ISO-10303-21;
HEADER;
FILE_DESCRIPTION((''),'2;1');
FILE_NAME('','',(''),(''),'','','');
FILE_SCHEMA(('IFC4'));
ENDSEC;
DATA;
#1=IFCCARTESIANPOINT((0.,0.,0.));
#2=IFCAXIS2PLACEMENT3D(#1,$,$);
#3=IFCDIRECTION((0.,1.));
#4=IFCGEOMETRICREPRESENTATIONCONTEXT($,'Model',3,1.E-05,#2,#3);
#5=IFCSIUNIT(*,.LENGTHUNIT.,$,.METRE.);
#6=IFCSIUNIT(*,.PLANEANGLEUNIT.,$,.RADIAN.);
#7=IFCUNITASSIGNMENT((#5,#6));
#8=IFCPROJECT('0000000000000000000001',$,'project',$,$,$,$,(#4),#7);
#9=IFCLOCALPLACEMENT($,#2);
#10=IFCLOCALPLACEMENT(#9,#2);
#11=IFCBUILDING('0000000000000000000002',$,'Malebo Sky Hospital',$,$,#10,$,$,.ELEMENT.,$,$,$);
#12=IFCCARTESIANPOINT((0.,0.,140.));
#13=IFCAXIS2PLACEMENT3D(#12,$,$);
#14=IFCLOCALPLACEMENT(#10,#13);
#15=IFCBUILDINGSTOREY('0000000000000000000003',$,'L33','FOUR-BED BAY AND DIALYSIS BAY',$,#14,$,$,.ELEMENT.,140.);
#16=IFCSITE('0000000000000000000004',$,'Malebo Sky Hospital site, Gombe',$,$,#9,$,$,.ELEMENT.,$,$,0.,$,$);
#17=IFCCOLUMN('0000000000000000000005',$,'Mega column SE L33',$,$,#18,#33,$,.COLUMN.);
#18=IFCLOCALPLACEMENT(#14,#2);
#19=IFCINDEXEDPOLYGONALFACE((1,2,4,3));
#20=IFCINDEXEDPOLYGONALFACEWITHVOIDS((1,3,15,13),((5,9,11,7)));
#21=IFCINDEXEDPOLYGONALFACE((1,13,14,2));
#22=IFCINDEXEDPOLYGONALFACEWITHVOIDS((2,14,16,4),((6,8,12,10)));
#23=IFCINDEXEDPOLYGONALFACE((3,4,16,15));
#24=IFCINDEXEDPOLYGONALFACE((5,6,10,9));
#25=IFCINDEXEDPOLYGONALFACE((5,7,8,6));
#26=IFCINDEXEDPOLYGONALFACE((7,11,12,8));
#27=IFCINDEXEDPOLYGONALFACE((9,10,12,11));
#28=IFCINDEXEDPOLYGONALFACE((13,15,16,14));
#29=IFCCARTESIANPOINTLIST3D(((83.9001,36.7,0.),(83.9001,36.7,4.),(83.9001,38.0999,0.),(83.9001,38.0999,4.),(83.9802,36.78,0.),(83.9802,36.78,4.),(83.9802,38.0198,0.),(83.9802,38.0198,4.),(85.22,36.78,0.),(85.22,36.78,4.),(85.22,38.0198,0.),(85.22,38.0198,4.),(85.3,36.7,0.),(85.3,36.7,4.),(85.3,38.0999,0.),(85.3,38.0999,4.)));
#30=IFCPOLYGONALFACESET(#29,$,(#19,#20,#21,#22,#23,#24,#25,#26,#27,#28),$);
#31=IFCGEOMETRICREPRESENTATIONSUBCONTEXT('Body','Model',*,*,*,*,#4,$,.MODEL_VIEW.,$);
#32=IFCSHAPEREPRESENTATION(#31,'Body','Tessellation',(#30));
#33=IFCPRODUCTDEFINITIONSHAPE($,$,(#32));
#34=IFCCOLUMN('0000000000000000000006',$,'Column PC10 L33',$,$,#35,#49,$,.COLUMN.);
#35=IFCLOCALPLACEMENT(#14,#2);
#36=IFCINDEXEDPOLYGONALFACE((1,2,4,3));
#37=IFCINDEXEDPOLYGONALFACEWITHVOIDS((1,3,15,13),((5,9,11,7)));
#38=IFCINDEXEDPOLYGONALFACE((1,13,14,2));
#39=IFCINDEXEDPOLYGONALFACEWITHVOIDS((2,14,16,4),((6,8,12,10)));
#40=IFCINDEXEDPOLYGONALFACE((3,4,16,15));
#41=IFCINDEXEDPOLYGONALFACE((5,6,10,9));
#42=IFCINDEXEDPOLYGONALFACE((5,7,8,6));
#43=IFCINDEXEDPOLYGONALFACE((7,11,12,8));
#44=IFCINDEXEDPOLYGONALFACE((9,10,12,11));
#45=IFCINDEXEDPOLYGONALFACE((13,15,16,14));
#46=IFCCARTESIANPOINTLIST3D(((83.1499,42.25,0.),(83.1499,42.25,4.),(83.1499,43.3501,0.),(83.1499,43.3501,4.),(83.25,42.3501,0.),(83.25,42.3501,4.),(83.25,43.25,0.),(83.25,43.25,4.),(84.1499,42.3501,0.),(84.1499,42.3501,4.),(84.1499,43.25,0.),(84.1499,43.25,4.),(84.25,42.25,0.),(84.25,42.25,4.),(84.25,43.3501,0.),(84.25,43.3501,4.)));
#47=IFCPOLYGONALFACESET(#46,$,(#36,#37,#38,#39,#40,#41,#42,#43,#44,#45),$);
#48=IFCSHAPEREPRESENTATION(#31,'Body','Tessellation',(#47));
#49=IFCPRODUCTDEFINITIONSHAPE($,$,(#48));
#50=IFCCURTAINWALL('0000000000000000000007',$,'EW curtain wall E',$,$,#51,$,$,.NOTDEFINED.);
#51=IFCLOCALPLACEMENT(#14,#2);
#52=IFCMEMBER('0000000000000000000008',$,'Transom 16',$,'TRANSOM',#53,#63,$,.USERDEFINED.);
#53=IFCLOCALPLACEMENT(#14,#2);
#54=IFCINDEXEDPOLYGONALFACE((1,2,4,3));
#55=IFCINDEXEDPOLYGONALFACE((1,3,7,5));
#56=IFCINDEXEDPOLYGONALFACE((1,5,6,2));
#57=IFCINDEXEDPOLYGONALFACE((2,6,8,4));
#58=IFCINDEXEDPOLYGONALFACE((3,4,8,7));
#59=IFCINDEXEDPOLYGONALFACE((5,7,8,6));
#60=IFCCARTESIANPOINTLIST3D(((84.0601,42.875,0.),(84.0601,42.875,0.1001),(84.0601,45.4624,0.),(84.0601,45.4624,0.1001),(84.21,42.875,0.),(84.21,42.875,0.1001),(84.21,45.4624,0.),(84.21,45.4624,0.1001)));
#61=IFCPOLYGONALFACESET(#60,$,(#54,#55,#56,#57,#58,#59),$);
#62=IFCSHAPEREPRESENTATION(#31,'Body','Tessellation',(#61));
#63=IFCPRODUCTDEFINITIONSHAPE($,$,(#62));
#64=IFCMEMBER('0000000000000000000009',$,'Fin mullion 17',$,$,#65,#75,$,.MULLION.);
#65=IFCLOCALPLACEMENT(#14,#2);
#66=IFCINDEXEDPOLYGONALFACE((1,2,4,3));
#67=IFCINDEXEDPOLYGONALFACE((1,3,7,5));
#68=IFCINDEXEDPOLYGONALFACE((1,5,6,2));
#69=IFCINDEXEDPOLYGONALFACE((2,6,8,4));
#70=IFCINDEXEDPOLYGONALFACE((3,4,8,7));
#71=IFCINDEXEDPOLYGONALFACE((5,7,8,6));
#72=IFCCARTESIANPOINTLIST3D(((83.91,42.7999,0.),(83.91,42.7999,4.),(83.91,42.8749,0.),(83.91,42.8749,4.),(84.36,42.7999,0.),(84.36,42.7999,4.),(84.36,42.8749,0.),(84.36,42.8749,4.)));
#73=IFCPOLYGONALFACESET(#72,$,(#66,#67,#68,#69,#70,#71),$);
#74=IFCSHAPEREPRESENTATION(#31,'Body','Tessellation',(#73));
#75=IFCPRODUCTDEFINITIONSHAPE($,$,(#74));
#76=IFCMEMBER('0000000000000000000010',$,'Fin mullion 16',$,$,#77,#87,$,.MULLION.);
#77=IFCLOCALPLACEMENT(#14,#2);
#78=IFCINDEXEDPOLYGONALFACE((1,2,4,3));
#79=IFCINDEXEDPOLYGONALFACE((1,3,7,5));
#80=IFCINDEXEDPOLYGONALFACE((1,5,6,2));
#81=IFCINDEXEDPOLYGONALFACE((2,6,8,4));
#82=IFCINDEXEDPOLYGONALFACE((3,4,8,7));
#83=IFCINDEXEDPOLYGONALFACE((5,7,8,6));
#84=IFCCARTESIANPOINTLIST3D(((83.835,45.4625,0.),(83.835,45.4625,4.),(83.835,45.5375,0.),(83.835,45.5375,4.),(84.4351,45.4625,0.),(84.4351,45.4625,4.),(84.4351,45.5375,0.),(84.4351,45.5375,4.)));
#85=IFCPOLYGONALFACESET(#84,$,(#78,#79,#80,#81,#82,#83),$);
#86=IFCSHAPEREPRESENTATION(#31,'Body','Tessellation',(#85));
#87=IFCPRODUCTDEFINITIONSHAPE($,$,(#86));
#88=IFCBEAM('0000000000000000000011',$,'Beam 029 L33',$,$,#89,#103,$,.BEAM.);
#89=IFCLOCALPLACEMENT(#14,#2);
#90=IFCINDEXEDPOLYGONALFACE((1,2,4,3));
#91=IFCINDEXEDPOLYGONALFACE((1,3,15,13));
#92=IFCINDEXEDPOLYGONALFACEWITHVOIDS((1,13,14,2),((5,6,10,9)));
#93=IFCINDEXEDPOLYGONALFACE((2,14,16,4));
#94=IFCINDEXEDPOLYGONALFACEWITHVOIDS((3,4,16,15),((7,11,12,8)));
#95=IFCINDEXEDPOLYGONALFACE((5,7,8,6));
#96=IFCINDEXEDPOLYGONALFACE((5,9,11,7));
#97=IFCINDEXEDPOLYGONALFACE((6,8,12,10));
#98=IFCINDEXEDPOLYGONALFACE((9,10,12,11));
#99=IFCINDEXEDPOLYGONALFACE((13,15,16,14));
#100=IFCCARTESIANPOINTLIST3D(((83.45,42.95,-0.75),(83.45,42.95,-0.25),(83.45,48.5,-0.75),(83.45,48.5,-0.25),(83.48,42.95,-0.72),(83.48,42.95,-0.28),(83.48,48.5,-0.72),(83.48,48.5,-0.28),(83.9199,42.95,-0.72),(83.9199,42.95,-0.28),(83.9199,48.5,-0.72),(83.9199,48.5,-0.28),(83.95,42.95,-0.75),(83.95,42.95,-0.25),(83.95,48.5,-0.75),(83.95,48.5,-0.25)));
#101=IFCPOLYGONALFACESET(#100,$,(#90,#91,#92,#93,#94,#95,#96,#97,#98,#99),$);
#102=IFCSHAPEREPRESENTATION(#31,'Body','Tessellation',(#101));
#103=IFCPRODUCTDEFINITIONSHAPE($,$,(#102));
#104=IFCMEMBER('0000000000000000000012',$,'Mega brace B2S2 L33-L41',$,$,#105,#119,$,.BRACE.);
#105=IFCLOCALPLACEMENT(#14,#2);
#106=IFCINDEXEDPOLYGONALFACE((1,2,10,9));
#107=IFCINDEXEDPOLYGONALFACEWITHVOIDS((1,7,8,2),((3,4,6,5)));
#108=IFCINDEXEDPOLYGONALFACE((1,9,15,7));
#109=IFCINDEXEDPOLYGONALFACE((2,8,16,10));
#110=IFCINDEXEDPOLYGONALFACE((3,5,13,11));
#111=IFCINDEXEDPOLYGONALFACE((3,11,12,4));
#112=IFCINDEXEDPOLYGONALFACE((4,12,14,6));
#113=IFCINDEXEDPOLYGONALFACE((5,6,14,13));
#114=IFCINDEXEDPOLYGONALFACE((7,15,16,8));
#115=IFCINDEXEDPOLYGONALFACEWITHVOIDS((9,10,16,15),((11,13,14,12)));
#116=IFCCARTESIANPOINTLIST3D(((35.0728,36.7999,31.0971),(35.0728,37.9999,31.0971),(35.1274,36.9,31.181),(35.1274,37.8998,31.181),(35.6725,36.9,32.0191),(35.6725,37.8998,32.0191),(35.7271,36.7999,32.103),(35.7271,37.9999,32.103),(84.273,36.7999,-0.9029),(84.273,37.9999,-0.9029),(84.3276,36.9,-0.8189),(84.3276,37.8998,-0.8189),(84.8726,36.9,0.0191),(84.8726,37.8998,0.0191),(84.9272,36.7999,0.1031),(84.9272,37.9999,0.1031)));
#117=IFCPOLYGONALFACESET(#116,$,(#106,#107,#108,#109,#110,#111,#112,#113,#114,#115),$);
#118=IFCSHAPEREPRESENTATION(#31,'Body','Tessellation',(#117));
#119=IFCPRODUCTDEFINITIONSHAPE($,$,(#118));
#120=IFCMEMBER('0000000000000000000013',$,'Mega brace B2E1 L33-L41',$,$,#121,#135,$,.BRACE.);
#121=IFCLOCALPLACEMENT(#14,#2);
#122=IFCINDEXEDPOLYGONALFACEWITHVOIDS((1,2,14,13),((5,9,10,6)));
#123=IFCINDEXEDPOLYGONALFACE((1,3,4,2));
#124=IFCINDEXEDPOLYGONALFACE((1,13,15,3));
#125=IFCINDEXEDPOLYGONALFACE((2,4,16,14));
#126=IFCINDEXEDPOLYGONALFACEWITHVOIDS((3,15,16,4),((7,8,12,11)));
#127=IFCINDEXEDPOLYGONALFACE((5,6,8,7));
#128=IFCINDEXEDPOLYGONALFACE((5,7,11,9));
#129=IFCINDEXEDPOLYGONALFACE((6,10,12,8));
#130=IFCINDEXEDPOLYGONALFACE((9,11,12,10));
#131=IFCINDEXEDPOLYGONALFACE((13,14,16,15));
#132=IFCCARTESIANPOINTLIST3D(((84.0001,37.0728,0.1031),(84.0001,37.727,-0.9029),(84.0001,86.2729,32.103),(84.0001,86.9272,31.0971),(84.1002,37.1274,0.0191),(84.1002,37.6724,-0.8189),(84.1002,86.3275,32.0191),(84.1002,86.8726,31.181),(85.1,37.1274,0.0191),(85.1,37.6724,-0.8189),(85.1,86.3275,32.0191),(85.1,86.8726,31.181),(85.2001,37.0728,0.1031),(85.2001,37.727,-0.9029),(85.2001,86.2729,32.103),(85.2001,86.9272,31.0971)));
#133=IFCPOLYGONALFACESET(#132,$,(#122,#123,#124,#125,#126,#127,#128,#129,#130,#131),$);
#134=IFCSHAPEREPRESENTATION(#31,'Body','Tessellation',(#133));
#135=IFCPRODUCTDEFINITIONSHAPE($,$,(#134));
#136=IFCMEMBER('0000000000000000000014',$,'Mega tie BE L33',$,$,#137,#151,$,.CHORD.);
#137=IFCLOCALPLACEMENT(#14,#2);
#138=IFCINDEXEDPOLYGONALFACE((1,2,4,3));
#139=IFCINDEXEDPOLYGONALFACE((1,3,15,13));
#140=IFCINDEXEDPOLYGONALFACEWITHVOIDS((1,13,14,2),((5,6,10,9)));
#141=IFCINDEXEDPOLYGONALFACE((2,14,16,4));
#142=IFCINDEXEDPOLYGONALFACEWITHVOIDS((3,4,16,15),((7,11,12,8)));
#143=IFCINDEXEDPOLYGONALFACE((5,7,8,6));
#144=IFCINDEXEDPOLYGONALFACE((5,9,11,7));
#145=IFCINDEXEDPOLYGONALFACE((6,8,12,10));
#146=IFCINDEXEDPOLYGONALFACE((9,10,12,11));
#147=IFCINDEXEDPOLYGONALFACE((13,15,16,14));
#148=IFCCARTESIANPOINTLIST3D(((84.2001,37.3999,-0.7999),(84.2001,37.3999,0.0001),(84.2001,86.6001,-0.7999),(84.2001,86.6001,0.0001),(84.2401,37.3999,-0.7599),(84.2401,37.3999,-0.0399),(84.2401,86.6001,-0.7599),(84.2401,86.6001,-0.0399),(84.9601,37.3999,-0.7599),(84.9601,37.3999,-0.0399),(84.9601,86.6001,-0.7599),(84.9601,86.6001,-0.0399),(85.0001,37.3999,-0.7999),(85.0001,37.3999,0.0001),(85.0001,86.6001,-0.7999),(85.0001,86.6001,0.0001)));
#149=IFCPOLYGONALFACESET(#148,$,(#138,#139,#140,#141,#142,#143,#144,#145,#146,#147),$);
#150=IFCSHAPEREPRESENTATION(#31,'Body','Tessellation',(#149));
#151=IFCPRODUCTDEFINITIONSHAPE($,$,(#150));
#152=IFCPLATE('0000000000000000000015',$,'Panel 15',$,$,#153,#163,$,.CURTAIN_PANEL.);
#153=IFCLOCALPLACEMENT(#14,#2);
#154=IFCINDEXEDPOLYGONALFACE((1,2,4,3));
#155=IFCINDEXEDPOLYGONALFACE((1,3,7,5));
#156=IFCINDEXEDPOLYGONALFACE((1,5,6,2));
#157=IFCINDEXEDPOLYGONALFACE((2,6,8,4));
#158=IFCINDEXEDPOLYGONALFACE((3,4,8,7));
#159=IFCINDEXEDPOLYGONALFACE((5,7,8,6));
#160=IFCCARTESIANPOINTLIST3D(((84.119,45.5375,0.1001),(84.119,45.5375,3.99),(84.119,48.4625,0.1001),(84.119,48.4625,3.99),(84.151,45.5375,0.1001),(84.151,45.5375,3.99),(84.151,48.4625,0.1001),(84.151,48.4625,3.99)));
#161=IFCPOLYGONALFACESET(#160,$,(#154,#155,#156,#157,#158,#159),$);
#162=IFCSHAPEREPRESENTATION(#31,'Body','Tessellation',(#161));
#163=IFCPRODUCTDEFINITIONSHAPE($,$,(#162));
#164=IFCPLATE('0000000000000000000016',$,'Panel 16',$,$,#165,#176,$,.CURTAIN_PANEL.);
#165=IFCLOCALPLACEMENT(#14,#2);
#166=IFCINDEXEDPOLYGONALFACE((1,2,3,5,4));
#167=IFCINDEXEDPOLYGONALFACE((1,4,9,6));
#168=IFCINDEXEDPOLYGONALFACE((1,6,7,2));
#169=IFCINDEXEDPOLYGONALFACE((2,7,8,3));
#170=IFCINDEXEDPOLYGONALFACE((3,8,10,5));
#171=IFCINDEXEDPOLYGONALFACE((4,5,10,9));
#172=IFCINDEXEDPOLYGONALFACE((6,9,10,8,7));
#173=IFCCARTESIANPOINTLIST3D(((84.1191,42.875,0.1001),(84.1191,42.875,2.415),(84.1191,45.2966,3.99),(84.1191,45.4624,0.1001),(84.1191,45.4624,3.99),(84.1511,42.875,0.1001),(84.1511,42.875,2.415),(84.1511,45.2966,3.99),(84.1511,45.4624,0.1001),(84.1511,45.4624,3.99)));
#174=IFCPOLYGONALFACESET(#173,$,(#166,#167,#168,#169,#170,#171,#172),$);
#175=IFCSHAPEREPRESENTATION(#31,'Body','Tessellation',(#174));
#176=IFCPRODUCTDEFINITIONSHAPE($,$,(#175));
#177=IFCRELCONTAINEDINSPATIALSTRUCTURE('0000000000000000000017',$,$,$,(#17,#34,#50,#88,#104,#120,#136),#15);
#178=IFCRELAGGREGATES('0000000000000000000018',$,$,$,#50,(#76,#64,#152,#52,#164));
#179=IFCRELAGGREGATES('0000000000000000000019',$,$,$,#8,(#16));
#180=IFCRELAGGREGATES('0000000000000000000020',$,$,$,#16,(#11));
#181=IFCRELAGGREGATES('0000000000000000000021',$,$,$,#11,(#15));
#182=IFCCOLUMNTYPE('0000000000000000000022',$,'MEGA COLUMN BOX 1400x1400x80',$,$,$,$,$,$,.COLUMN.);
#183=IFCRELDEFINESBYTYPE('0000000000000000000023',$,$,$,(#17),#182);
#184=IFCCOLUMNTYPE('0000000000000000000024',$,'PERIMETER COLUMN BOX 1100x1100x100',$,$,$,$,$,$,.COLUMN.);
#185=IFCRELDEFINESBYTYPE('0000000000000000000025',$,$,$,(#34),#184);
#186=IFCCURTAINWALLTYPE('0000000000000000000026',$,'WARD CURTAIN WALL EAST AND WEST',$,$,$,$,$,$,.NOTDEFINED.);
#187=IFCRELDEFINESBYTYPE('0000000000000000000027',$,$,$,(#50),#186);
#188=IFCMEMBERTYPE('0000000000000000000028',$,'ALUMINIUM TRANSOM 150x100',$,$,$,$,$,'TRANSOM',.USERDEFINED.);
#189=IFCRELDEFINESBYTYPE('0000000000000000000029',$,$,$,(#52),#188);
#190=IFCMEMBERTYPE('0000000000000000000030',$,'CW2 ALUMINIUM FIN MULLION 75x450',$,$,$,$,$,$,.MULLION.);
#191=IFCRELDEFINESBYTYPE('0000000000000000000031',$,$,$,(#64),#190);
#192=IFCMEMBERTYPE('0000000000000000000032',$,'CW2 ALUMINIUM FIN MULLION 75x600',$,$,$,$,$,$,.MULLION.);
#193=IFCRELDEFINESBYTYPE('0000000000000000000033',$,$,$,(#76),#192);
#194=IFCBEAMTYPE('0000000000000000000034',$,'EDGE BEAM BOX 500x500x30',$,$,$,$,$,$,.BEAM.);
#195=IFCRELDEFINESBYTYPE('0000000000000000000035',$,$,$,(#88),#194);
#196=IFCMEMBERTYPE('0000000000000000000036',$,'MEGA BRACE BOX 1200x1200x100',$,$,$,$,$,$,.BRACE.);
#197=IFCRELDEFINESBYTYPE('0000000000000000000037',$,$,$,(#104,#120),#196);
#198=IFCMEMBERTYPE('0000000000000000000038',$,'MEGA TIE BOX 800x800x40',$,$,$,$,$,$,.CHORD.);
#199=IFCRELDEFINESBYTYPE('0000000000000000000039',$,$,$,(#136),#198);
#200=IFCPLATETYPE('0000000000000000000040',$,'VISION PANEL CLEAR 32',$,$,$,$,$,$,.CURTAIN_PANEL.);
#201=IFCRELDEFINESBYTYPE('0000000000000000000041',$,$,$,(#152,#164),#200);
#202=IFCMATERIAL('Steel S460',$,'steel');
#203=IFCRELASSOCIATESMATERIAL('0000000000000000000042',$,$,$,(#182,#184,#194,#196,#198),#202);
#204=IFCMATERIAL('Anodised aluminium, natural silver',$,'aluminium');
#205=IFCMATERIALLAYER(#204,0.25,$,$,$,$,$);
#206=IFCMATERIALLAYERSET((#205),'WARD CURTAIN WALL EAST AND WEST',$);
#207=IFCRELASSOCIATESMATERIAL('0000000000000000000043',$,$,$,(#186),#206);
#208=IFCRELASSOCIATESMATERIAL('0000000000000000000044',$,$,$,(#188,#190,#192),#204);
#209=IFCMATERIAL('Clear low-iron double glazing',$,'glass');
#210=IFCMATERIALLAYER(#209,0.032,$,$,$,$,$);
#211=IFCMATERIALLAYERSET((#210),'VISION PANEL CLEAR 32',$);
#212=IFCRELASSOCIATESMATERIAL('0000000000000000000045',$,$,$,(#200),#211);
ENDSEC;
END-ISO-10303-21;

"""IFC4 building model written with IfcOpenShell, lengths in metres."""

from ifc_helpers import new_model, si_unit, direction, frame, origin, origin_2d, place, context, subcontext, project, spatial, polyline, rectangle, hollow_rectangle, outline, extrude, material, layer, layer_set, material_profile, profile_set, type_object, element, aggregate, save


model = new_model("IFC4")

# Units and contexts
model_context = context("Model", 3, precision=1e-05, world=origin(), true_north=direction((0.0, 1.0)))
body_context = subcontext(model_context, "Body", "Model", "MODEL_VIEW")
ifc_project = project(units=[si_unit("LENGTHUNIT", "METRE"), si_unit("PLANEANGLEUNIT", "RADIAN")], contexts=[model_context])

# Site, building, storey
site_placement = place(None, origin())
site = spatial("IfcSite", under=ifc_project, at=site_placement, Name="Malebo Sky Hospital site, Gombe", CompositionType="ELEMENT", RefElevation=0.0)
building_placement = place(site_placement, origin())
building = spatial("IfcBuilding", under=site, at=building_placement, Name="Malebo Sky Hospital", CompositionType="ELEMENT")
storey_placement = place(building_placement, frame((0.0, 0.0, 140.0)))
storey = spatial("IfcBuildingStorey", under=building, at=storey_placement, Name="L33", Description="FOUR-BED BAY AND DIALYSIS BAY", CompositionType="ELEMENT", Elevation=140.0)

# Columns
ifc_material_1 = material(Name="Steel S460", Category="steel")
ifc_material_profile_1 = material_profile(ifc_material_1, hollow_rectangle(XDim=1.3999, YDim=1.3999, WallThickness=0.0801, at=origin_2d()), Name="BOX 1400x1400x80")
ifc_profile_set_1 = profile_set([ifc_material_profile_1], Name="Steel S460")
column_type_1 = type_object("IfcColumnType", Name="MEGA COLUMN BOX 1400x1400x80", PredefinedType="COLUMN", material=ifc_profile_set_1)
column_1_placement = place(storey_placement, frame((84.6001, 37.3999, 0.0), z_axis=(0.0, 0.0, 1.0), x_axis=(1.0, 0.0, 0.0)))
element("IfcColumn", 1, at=column_1_placement, inside=storey, type_object=column_type_1, Name="Mega column SE L33", PredefinedType="COLUMN", context=body_context, shape_type="SweptSolid", body=[
    extrude(hollow_rectangle(XDim=1.3999, YDim=1.3999, WallThickness=0.0801, at=origin_2d()), origin(), (0.0, 0.0, 1.0), 4.0),
])
ifc_material_profile_2 = material_profile(ifc_material_1, hollow_rectangle(XDim=1.1001, YDim=1.1001, WallThickness=0.1001, at=origin_2d()), Name="BOX 1100x1100x100")
ifc_profile_set_2 = profile_set([ifc_material_profile_2], Name="Steel S460")
column_type_2 = type_object("IfcColumnType", Name="PERIMETER COLUMN BOX 1100x1100x100", PredefinedType="COLUMN", material=ifc_profile_set_2)
column_2_placement = place(storey_placement, frame((83.7, 42.8, 0.0), z_axis=(0.0, 0.0, 1.0), x_axis=(1.0, 0.0, 0.0)))
element("IfcColumn", 2, at=column_2_placement, inside=storey, type_object=column_type_2, Name="Column PC10 L33", PredefinedType="COLUMN", context=body_context, shape_type="SweptSolid", body=[
    extrude(hollow_rectangle(XDim=1.1001, YDim=1.1001, WallThickness=0.1001, at=origin_2d()), origin(), (0.0, 0.0, 1.0), 4.0),
])

# Curtain wall, members
ifc_material_2 = material(Name="Anodised aluminium, natural silver", Category="aluminium")
ifc_layer_1 = layer(ifc_material_2, 0.25)
ifc_layer_set_1 = layer_set([ifc_layer_1], Name="WARD CURTAIN WALL EAST AND WEST")
curtain_wall_type = type_object("IfcCurtainWallType", Name="WARD CURTAIN WALL EAST AND WEST", PredefinedType="NOTDEFINED", material=ifc_layer_set_1)
curtain_wall_placement = place(storey_placement, origin())
curtain_wall = element("IfcCurtainWall", 3, at=curtain_wall_placement, inside=storey, type_object=curtain_wall_type, Name="EW curtain wall E", PredefinedType="NOTDEFINED")
ifc_material_profile_3 = material_profile(ifc_material_2, rectangle(XDim=0.1499, YDim=0.1001, at=origin_2d()), Name="ALUMINIUM TRANSOM 150x100")
ifc_profile_set_3 = profile_set([ifc_material_profile_3], Name="Anodised aluminium, natural silver")
member_type_1 = type_object("IfcMemberType", Name="ALUMINIUM TRANSOM 150x100", ElementType="TRANSOM", PredefinedType="USERDEFINED", material=ifc_profile_set_3)
member_1_placement = place(storey_placement, frame((84.135, 45.4624, 0.05), z_axis=(0.0, -1.0, 0.0), x_axis=(1.0, 0.0, 0.0)))
member_1 = element("IfcMember", 4, at=member_1_placement, type_object=member_type_1, Name="Transom 16", ObjectType="TRANSOM", PredefinedType="USERDEFINED", context=body_context, shape_type="SweptSolid", body=[
    extrude(rectangle(XDim=0.1499, YDim=0.1001, at=origin_2d()), origin(), (0.0, 0.0, 1.0), 2.5874),
])
ifc_material_profile_4 = material_profile(ifc_material_2, rectangle(XDim=0.075, YDim=0.45, at=origin_2d()), Name="CW2 ALUMINIUM FIN MULLION 75x450")
ifc_profile_set_4 = profile_set([ifc_material_profile_4], Name="Anodised aluminium, natural silver")
member_type_2 = type_object("IfcMemberType", Name="CW2 ALUMINIUM FIN MULLION 75x450", PredefinedType="MULLION", material=ifc_profile_set_4)
member_2_placement = place(storey_placement, frame((84.135, 42.8374, 0.0), z_axis=(0.0, 0.0, 1.0), x_axis=(0.0, -1.0, 0.0)))
member_2 = element("IfcMember", 5, at=member_2_placement, type_object=member_type_2, Name="Fin mullion 17", PredefinedType="MULLION", context=body_context, shape_type="SweptSolid", body=[
    extrude(rectangle(XDim=0.075, YDim=0.45, at=origin_2d()), origin(), (0.0, 0.0, 1.0), 4.0),
])
ifc_material_profile_5 = material_profile(ifc_material_2, rectangle(XDim=0.075, YDim=0.6001, at=origin_2d()), Name="CW2 ALUMINIUM FIN MULLION 75x600")
ifc_profile_set_5 = profile_set([ifc_material_profile_5], Name="Anodised aluminium, natural silver")
member_type_3 = type_object("IfcMemberType", Name="CW2 ALUMINIUM FIN MULLION 75x600", PredefinedType="MULLION", material=ifc_profile_set_5)
member_3_placement = place(storey_placement, frame((84.135, 45.5, 0.0), z_axis=(0.0, 0.0, 1.0), x_axis=(0.0, -1.0, 0.0)))
member_3 = element("IfcMember", 6, at=member_3_placement, type_object=member_type_3, Name="Fin mullion 16", PredefinedType="MULLION", context=body_context, shape_type="SweptSolid", body=[
    extrude(rectangle(XDim=0.075, YDim=0.6001, at=origin_2d()), origin(), (0.0, 0.0, 1.0), 4.0),
])

# Beam
ifc_material_profile_6 = material_profile(ifc_material_1, hollow_rectangle(XDim=0.5, YDim=0.5, WallThickness=0.03, at=origin_2d()), Name="BOX 500x500x30")
ifc_profile_set_6 = profile_set([ifc_material_profile_6], Name="Steel S460")
beam_type = type_object("IfcBeamType", Name="EDGE BEAM BOX 500x500x30", PredefinedType="BEAM", material=ifc_profile_set_6)
beam_placement = place(storey_placement, frame((83.7, 42.95, -0.5), z_axis=(0.0, 1.0, 0.0), x_axis=(-1.0, 0.0, 0.0)))
element("IfcBeam", 7, at=beam_placement, inside=storey, type_object=beam_type, Name="Beam 029 L33", PredefinedType="BEAM", context=body_context, shape_type="SweptSolid", body=[
    extrude(hollow_rectangle(XDim=0.5, YDim=0.5, WallThickness=0.03, at=origin_2d()), origin(), (0.0, 0.0, 1.0), 5.55),
])

# Members
ifc_material_profile_7 = material_profile(ifc_material_1, hollow_rectangle(XDim=1.2, YDim=1.2, WallThickness=0.1001, at=origin_2d()), Name="BOX 1200x1200x100")
ifc_profile_set_7 = profile_set([ifc_material_profile_7], Name="Steel S460")
member_type_4 = type_object("IfcMemberType", Name="MEGA BRACE BOX 1200x1200x100", PredefinedType="BRACE", material=ifc_profile_set_7)
for number, where, z_axis, x_axis, name in (
    (8, (84.6001, 37.3999, -0.3999), (-0.838289, 0.0, 0.545226), (0.0, -1.0, 0.0), "Mega brace B2S2 L33-L41"),
    (9, (84.6001, 37.3999, -0.3999), (0.0, 0.838289, 0.545226), (-1.0, 0.0, 0.0), "Mega brace B2E1 L33-L41"),
):
    element("IfcMember", number, at=place(storey_placement, frame(where, z_axis=z_axis, x_axis=x_axis)), inside=storey, type_object=member_type_4, Name=name, PredefinedType="BRACE", context=body_context, shape_type="SweptSolid", body=[
        extrude(hollow_rectangle(XDim=1.2, YDim=1.2, WallThickness=0.1001, at=origin_2d()), origin(), (0.0, 0.0, 1.0), 58.6912),
    ])
ifc_material_profile_8 = material_profile(ifc_material_1, hollow_rectangle(XDim=0.8, YDim=0.8, WallThickness=0.04, at=origin_2d()), Name="BOX 800x800x40")
ifc_profile_set_8 = profile_set([ifc_material_profile_8], Name="Steel S460")
member_type_5 = type_object("IfcMemberType", Name="MEGA TIE BOX 800x800x40", PredefinedType="CHORD", material=ifc_profile_set_8)
member_4_placement = place(storey_placement, frame((84.6001, 37.3999, -0.3999), z_axis=(0.0, 1.0, 0.0), x_axis=(-1.0, 0.0, 0.0)))
element("IfcMember", 10, at=member_4_placement, inside=storey, type_object=member_type_5, Name="Mega tie BE L33", PredefinedType="CHORD", context=body_context, shape_type="SweptSolid", body=[
    extrude(hollow_rectangle(XDim=0.8, YDim=0.8, WallThickness=0.04, at=origin_2d()), origin(), (0.0, 0.0, 1.0), 49.2002),
])

# Plates
ifc_material_3 = material(Name="Clear low-iron double glazing", Category="glass")
ifc_layer_2 = layer(ifc_material_3, 0.032)
ifc_layer_set_2 = layer_set([ifc_layer_2], Name="VISION PANEL CLEAR 32")
plate_type = type_object("IfcPlateType", Name="VISION PANEL CLEAR 32", PredefinedType="CURTAIN_PANEL", material=ifc_layer_set_2)
plate_1_placement = place(storey_placement, frame((84.135, 47.0, 0.1001), z_axis=(0.0, 0.0, 1.0), x_axis=(0.0, -1.0, 0.0)))
plate_1 = element("IfcPlate", 11, at=plate_1_placement, type_object=plate_type, Name="Panel 15", PredefinedType="CURTAIN_PANEL", context=body_context, shape_type="SweptSolid", body=[
    extrude(rectangle(XDim=2.925, YDim=0.032, at=origin_2d()), origin(), (0.0, 0.0, 1.0), 3.8899),
])
plate_2_placement = place(storey_placement, frame((84.135, 44.1687, 0.1001), z_axis=(0.0, 0.0, 1.0), x_axis=(0.0, -1.0, 0.0)))
plate_2 = element("IfcPlate", 12, at=plate_2_placement, type_object=plate_type, Name="Panel 16", PredefinedType="CURTAIN_PANEL", context=body_context, shape_type="SweptSolid", body=[
    extrude(outline(polyline([(-1.2937, 0.0), (1.2937, 0.0), (1.2937, 2.3149), (-1.1279, 3.8899), (-1.2937, 3.8899), (-1.2937, 0.0)])), frame((0.0, 0.0161, 0.0), z_axis=(0.0, -1.0, 0.0), x_axis=(1.0, 0.0, 0.0)), (0.0, 0.0, 1.0), 0.032),
])
aggregate(curtain_wall, [member_3, member_2, plate_1, member_1, plate_2])

save(model, "model.ifc")
